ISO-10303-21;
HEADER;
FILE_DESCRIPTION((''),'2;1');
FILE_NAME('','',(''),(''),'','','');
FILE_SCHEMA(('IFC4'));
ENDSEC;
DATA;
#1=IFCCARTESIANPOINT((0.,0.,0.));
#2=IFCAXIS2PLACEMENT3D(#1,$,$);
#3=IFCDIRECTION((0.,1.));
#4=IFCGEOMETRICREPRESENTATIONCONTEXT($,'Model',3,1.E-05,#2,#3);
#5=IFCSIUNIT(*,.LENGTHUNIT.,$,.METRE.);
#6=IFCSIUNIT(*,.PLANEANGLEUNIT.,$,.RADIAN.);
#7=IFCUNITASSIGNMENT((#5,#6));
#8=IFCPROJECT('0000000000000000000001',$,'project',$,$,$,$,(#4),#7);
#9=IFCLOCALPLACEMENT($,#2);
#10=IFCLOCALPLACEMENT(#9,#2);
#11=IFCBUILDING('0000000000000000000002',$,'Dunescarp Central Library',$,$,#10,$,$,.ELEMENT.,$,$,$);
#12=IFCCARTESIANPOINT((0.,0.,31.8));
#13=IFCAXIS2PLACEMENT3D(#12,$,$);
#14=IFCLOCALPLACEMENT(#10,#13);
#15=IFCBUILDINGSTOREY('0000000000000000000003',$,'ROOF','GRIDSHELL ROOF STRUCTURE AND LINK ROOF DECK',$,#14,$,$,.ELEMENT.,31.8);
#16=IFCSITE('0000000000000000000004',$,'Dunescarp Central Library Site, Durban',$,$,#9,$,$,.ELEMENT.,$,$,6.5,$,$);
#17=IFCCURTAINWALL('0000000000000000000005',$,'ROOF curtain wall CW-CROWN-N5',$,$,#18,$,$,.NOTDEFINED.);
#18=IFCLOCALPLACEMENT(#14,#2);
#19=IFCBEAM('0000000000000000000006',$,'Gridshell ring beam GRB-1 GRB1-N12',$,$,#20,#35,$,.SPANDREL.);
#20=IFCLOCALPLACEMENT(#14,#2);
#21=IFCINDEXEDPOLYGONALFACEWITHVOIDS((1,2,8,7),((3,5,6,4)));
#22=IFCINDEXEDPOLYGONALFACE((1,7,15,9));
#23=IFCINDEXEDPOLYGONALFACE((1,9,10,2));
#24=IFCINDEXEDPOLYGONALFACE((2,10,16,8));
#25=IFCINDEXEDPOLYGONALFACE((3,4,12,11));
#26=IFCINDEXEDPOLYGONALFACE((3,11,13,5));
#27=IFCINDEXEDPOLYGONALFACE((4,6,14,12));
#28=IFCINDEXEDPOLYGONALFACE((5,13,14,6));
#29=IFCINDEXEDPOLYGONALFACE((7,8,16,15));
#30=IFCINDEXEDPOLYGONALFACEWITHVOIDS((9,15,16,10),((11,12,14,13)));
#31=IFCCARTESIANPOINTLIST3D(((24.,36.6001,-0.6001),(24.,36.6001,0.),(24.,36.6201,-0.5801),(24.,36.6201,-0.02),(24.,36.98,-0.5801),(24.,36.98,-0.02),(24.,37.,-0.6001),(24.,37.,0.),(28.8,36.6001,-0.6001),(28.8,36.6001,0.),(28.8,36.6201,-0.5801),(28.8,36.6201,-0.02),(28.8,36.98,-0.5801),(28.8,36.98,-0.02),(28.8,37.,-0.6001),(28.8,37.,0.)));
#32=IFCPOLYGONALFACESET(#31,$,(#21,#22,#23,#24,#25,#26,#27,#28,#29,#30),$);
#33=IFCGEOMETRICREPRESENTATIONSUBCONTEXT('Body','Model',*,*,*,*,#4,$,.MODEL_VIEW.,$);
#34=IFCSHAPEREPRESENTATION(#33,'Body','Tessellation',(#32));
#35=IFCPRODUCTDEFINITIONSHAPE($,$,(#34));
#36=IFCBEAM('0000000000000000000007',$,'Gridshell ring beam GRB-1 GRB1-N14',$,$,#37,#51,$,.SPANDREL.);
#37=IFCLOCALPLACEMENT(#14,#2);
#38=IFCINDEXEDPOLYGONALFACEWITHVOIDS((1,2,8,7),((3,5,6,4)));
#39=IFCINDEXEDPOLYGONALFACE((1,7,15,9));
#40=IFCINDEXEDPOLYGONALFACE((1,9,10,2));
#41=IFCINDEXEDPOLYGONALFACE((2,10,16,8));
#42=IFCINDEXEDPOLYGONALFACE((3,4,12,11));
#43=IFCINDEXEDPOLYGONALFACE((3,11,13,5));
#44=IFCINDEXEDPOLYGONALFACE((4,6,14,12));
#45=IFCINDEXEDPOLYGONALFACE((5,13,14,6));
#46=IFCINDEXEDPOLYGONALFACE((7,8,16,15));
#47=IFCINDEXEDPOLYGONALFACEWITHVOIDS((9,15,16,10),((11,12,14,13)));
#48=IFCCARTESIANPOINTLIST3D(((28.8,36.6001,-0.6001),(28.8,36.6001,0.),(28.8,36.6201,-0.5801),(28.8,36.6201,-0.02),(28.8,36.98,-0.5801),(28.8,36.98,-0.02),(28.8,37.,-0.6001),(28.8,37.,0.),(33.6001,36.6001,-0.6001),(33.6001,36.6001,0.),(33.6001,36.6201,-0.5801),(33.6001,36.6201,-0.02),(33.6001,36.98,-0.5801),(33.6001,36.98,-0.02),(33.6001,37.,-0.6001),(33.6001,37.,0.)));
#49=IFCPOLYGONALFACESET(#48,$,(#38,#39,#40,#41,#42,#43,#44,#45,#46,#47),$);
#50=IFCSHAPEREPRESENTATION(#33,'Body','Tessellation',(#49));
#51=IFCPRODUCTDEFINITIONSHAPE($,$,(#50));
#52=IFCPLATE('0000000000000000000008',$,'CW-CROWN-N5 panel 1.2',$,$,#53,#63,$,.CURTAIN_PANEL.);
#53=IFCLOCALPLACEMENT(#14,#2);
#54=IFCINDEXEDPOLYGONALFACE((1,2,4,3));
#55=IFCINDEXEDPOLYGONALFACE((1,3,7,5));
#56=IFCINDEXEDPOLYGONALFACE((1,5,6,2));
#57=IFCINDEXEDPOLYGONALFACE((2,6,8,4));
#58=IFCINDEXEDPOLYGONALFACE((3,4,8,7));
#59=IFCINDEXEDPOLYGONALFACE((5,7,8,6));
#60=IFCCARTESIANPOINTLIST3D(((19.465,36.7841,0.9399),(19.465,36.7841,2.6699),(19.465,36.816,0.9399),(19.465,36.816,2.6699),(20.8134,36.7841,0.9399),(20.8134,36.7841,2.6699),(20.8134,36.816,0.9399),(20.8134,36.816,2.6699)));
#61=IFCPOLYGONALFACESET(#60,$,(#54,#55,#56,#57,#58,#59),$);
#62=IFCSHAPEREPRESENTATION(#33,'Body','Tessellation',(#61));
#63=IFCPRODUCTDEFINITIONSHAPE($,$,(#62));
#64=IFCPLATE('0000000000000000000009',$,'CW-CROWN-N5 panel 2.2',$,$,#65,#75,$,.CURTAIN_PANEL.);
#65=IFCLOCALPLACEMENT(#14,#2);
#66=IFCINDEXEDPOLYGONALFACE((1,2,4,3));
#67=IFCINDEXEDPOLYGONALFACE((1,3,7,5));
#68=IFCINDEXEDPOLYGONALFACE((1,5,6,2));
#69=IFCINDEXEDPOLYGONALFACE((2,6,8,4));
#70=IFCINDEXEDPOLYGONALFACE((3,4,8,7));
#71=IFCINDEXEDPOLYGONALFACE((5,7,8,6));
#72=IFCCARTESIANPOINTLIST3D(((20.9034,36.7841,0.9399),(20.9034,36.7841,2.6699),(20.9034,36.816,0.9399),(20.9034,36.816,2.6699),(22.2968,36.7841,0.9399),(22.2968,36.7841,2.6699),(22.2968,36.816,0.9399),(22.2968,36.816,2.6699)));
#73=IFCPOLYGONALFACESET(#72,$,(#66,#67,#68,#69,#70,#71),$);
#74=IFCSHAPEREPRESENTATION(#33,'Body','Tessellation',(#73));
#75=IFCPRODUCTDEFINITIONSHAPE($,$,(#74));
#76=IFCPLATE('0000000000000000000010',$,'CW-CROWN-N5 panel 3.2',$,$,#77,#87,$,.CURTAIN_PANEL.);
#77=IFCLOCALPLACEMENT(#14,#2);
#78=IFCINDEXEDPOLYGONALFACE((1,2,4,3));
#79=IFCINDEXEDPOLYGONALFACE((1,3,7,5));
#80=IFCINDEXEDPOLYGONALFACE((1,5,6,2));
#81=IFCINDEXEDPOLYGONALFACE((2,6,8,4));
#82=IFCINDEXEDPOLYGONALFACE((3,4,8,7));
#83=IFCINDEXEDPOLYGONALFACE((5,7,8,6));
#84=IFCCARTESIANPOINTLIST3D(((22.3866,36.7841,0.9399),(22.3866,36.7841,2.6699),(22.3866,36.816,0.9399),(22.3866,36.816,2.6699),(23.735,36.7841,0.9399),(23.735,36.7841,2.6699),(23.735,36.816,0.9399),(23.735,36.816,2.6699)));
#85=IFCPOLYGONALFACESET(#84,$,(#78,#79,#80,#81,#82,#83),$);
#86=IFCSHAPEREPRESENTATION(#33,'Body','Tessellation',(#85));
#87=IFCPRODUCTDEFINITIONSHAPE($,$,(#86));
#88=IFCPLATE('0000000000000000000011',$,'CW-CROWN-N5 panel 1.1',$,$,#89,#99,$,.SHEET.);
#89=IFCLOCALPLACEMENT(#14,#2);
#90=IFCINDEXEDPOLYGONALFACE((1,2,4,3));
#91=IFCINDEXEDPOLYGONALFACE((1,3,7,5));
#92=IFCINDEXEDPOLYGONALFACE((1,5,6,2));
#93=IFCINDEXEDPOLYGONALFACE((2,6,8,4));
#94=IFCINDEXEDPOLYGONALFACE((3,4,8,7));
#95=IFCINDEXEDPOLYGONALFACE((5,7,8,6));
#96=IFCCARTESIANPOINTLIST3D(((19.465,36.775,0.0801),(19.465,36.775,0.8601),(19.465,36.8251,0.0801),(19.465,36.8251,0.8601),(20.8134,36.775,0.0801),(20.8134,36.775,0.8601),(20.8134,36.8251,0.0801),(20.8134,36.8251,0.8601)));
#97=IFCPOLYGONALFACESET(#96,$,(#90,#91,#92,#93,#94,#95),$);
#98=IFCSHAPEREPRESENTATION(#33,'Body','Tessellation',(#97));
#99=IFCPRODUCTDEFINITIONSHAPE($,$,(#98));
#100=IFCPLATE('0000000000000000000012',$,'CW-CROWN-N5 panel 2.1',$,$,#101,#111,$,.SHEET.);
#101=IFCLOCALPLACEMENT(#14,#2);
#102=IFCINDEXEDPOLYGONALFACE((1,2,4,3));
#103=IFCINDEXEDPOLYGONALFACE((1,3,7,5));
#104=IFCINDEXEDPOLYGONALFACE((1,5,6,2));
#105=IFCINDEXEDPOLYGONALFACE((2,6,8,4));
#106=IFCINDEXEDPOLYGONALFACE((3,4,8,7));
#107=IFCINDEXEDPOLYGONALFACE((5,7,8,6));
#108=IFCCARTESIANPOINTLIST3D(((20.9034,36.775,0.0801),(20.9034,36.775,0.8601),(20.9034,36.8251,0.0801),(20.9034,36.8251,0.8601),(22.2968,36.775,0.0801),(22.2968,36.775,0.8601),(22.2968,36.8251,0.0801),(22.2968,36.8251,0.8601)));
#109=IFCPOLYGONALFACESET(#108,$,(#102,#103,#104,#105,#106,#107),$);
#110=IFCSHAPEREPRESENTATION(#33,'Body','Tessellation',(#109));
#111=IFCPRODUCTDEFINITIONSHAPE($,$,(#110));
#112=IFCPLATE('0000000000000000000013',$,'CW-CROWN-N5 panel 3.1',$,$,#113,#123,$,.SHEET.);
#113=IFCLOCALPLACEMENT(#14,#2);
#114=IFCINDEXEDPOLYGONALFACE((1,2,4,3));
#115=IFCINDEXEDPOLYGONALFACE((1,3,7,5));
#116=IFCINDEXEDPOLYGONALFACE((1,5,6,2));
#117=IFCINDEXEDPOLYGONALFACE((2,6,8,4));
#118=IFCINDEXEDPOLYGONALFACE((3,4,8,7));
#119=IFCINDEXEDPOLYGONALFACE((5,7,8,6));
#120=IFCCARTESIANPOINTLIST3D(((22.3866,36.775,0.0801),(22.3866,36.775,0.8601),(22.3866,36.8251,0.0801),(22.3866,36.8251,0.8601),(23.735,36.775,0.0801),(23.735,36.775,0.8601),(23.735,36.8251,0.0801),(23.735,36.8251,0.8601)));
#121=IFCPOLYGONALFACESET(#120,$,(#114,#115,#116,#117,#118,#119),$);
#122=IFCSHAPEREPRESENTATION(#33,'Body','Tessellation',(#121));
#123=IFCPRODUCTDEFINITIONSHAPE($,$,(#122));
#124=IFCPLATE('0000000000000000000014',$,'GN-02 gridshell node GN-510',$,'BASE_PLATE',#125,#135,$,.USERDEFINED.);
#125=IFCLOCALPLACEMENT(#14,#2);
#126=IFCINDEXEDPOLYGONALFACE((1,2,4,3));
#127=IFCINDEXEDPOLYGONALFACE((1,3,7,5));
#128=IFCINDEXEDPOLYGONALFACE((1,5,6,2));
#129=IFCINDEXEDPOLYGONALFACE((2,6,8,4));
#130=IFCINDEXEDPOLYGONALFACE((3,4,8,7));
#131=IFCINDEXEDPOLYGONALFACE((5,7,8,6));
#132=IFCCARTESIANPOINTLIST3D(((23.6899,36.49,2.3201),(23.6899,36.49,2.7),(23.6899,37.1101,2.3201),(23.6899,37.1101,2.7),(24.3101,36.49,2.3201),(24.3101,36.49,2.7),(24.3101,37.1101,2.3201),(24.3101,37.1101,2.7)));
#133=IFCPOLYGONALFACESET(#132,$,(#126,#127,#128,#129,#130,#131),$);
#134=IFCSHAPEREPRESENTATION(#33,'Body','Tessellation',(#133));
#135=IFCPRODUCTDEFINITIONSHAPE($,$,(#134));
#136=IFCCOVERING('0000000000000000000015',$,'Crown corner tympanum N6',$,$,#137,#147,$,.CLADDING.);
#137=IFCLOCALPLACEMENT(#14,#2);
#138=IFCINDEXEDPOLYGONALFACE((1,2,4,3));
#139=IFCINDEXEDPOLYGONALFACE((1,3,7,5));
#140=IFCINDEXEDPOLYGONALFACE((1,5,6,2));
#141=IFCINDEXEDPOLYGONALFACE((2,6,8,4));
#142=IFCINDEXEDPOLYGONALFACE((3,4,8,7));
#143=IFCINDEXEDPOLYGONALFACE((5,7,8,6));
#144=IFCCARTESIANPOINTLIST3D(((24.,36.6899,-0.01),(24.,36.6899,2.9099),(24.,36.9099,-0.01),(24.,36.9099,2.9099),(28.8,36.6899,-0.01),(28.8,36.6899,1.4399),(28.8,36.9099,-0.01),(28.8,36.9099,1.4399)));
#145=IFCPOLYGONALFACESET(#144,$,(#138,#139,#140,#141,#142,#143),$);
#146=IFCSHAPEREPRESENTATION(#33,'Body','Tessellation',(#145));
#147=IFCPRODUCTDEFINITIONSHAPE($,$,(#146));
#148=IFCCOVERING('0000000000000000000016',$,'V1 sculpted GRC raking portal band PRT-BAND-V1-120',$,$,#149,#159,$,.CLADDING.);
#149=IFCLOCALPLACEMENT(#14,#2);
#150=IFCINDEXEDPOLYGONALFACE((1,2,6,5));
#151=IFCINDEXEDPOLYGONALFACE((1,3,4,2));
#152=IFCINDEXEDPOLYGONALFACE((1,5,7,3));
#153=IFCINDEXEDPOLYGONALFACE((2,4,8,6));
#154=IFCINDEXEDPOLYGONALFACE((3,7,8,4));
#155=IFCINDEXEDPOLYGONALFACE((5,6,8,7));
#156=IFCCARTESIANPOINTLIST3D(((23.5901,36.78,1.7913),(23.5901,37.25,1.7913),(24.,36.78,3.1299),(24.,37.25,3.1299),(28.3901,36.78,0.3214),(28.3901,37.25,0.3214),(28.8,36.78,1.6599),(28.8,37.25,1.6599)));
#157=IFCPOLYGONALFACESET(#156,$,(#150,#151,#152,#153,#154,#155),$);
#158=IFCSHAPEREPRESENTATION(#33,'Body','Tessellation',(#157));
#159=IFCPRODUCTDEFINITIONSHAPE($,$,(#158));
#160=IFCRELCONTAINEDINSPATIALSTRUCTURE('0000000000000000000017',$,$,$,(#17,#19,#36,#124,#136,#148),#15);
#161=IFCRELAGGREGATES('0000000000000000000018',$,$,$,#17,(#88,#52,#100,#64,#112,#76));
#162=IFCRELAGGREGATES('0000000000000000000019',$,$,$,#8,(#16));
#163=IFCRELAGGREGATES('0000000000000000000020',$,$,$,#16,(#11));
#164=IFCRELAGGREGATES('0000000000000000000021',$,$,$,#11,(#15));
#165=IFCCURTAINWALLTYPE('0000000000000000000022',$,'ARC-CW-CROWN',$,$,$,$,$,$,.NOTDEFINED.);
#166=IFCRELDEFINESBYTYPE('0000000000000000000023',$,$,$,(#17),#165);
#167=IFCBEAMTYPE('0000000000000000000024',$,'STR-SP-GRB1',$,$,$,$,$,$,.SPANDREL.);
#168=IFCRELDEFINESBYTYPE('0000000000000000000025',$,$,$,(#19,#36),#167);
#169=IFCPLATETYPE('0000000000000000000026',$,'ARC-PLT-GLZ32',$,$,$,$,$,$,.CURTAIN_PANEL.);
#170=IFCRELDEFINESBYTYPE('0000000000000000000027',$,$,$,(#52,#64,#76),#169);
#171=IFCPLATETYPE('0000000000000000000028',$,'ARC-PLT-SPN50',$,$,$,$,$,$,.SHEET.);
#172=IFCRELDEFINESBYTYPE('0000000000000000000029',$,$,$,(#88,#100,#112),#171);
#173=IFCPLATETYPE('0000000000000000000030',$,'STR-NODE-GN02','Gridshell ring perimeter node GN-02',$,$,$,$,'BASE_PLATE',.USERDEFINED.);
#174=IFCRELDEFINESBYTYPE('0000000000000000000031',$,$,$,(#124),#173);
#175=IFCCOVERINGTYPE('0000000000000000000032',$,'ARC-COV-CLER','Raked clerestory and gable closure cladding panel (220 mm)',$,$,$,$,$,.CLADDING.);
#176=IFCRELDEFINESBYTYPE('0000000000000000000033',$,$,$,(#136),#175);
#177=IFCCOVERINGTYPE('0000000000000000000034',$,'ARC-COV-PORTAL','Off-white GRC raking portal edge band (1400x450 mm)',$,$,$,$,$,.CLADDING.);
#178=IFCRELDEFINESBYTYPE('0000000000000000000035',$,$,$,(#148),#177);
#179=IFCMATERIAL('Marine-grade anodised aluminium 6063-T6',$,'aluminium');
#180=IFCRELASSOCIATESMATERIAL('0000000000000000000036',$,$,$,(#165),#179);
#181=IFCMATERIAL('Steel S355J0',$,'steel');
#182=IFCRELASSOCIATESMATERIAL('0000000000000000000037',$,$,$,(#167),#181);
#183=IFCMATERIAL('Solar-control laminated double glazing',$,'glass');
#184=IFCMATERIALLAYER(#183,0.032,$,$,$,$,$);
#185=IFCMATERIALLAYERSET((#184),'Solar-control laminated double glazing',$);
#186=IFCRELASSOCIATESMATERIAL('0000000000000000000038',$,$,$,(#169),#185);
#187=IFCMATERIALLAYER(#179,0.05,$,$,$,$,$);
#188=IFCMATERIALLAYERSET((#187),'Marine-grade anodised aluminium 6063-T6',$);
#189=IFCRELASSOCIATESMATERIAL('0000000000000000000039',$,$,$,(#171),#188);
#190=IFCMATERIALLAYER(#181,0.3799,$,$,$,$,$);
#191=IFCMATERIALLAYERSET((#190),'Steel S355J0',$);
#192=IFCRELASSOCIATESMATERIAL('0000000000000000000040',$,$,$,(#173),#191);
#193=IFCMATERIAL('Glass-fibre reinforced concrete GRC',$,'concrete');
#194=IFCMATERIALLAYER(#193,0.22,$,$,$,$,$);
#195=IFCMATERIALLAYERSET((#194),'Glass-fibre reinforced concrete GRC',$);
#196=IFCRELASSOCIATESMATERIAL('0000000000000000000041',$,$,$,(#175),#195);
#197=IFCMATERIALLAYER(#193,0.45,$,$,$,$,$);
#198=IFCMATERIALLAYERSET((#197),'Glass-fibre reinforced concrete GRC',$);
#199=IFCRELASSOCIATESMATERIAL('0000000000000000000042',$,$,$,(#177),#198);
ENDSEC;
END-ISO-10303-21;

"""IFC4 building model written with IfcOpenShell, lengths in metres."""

from ifc_helpers import new_model, si_unit, direction, frame, origin, origin_2d, place, context, subcontext, project, spatial, polyline, rectangle, hollow_rectangle, outline, extrude, material, layer, layer_set, material_profile, profile_set, type_object, element, aggregate, save


model = new_model("IFC4")

# Units and contexts
model_context = context("Model", 3, precision=1e-05, world=origin(), true_north=direction((0.0, 1.0)))
body_context = subcontext(model_context, "Body", "Model", "MODEL_VIEW")
ifc_project = project(units=[si_unit("LENGTHUNIT", "METRE"), si_unit("PLANEANGLEUNIT", "RADIAN")], contexts=[model_context])

# Site, building, storey
site_placement = place(None, origin())
site = spatial("IfcSite", under=ifc_project, at=site_placement, Name="Dunescarp Central Library Site, Durban", CompositionType="ELEMENT", RefElevation=6.5)
building_placement = place(site_placement, origin())
building = spatial("IfcBuilding", under=site, at=building_placement, Name="Dunescarp Central Library", CompositionType="ELEMENT")
storey_placement = place(building_placement, frame((0.0, 0.0, 31.8)))
storey = spatial("IfcBuildingStorey", under=building, at=storey_placement, Name="ROOF", Description="GRIDSHELL ROOF STRUCTURE AND LINK ROOF DECK", CompositionType="ELEMENT", Elevation=31.8)

# Curtain wall
ifc_material_1 = material(Name="Marine-grade anodised aluminium 6063-T6", Category="aluminium")
curtain_wall_type = type_object("IfcCurtainWallType", Name="ARC-CW-CROWN", PredefinedType="NOTDEFINED", material=ifc_material_1)
curtain_wall_placement = place(storey_placement, origin())
curtain_wall = element("IfcCurtainWall", 1, at=curtain_wall_placement, inside=storey, type_object=curtain_wall_type, Name="ROOF curtain wall CW-CROWN-N5", PredefinedType="NOTDEFINED")

# Shared definitions
ifc_material_2 = material(Name="Steel S355J0", Category="steel")

# Beams
ifc_material_profile_1 = material_profile(ifc_material_2, hollow_rectangle(XDim=0.3999, YDim=0.6001, WallThickness=0.02, at=origin_2d()), Name="RHS 600x400x20")
ifc_profile_set_1 = profile_set([ifc_material_profile_1], Name="Steel S355J0")
beam_type = type_object("IfcBeamType", Name="STR-SP-GRB1", PredefinedType="SPANDREL", material=ifc_profile_set_1)
for number, where, z_axis, x_axis, name in (
    (2, (24.0, 36.8, -0.3), (1.0, 0.0, 0.0), (0.0, 1.0, 0.0), "Gridshell ring beam GRB-1 GRB1-N12"),
    (3, (28.8, 36.8, -0.3), (1.0, 0.0, 0.0), (0.0, 1.0, 0.0), "Gridshell ring beam GRB-1 GRB1-N14"),
):
    element("IfcBeam", number, at=place(storey_placement, frame(where, z_axis=z_axis, x_axis=x_axis)), inside=storey, type_object=beam_type, Name=name, PredefinedType="SPANDREL", context=body_context, shape_type="SweptSolid", body=[
        extrude(hollow_rectangle(XDim=0.3999, YDim=0.6001, WallThickness=0.02, at=origin_2d()), origin(), (0.0, 0.0, 1.0), 4.8),
    ])

# Plates
ifc_material_3 = material(Name="Solar-control laminated double glazing", Category="glass")
ifc_layer_1 = layer(ifc_material_3, 0.032)
ifc_layer_set_1 = layer_set([ifc_layer_1], Name="Solar-control laminated double glazing")
plate_type_1 = type_object("IfcPlateType", Name="ARC-PLT-GLZ32", PredefinedType="CURTAIN_PANEL", material=ifc_layer_set_1)
plate_1_placement = place(storey_placement, frame((20.1392, 36.8, 0.9399), z_axis=(0.0, 0.0, 1.0), x_axis=(1.0, 0.0, 0.0)))
plate_1 = element("IfcPlate", 4, at=plate_1_placement, type_object=plate_type_1, Name="CW-CROWN-N5 panel 1.2", PredefinedType="CURTAIN_PANEL", context=body_context, shape_type="SweptSolid", body=[
    extrude(rectangle(XDim=1.3484, YDim=0.032, at=origin_2d()), origin(), (0.0, 0.0, 1.0), 1.73),
])
plate_2_placement = place(storey_placement, frame((21.6001, 36.8, 0.9399), z_axis=(0.0, 0.0, 1.0), x_axis=(1.0, 0.0, 0.0)))
plate_2 = element("IfcPlate", 5, at=plate_2_placement, type_object=plate_type_1, Name="CW-CROWN-N5 panel 2.2", PredefinedType="CURTAIN_PANEL", context=body_context, shape_type="SweptSolid", body=[
    extrude(rectangle(XDim=1.3933, YDim=0.032, at=origin_2d()), origin(), (0.0, 0.0, 1.0), 1.73),
])
plate_3_placement = place(storey_placement, frame((23.0608, 36.8, 0.9399), z_axis=(0.0, 0.0, 1.0), x_axis=(1.0, 0.0, 0.0)))
plate_3 = element("IfcPlate", 6, at=plate_3_placement, type_object=plate_type_1, Name="CW-CROWN-N5 panel 3.2", PredefinedType="CURTAIN_PANEL", context=body_context, shape_type="SweptSolid", body=[
    extrude(rectangle(XDim=1.3484, YDim=0.032, at=origin_2d()), origin(), (0.0, 0.0, 1.0), 1.73),
])
ifc_layer_2 = layer(ifc_material_1, 0.05)
ifc_layer_set_2 = layer_set([ifc_layer_2], Name="Marine-grade anodised aluminium 6063-T6")
plate_type_2 = type_object("IfcPlateType", Name="ARC-PLT-SPN50", PredefinedType="SHEET", material=ifc_layer_set_2)
plate_4_placement = place(storey_placement, frame((20.1392, 36.8, 0.0801), z_axis=(0.0, 0.0, 1.0), x_axis=(1.0, 0.0, 0.0)))
plate_4 = element("IfcPlate", 7, at=plate_4_placement, type_object=plate_type_2, Name="CW-CROWN-N5 panel 1.1", PredefinedType="SHEET", context=body_context, shape_type="SweptSolid", body=[
    extrude(rectangle(XDim=1.3484, YDim=0.05, at=origin_2d()), origin(), (0.0, 0.0, 1.0), 0.78),
])
plate_5_placement = place(storey_placement, frame((21.6001, 36.8, 0.0801), z_axis=(0.0, 0.0, 1.0), x_axis=(1.0, 0.0, 0.0)))
plate_5 = element("IfcPlate", 8, at=plate_5_placement, type_object=plate_type_2, Name="CW-CROWN-N5 panel 2.1", PredefinedType="SHEET", context=body_context, shape_type="SweptSolid", body=[
    extrude(rectangle(XDim=1.3933, YDim=0.05, at=origin_2d()), origin(), (0.0, 0.0, 1.0), 0.78),
])
plate_6_placement = place(storey_placement, frame((23.0608, 36.8, 0.0801), z_axis=(0.0, 0.0, 1.0), x_axis=(1.0, 0.0, 0.0)))
plate_6 = element("IfcPlate", 9, at=plate_6_placement, type_object=plate_type_2, Name="CW-CROWN-N5 panel 3.1", PredefinedType="SHEET", context=body_context, shape_type="SweptSolid", body=[
    extrude(rectangle(XDim=1.3484, YDim=0.05, at=origin_2d()), origin(), (0.0, 0.0, 1.0), 0.78),
])
aggregate(curtain_wall, [plate_4, plate_1, plate_5, plate_2, plate_6, plate_3])
ifc_layer_3 = layer(ifc_material_2, 0.3799)
ifc_layer_set_3 = layer_set([ifc_layer_3], Name="Steel S355J0")
plate_type_3 = type_object("IfcPlateType", Name="STR-NODE-GN02", Description="Gridshell ring perimeter node GN-02", ElementType="BASE_PLATE", PredefinedType="USERDEFINED", material=ifc_layer_set_3)
plate_7_placement = place(storey_placement, frame((24.0, 36.8, 2.3201), z_axis=(0.0, 0.0, 1.0), x_axis=(1.0, 0.0, 0.0)))
element("IfcPlate", 10, at=plate_7_placement, inside=storey, type_object=plate_type_3, Name="GN-02 gridshell node GN-510", ObjectType="BASE_PLATE", PredefinedType="USERDEFINED", context=body_context, shape_type="SweptSolid", body=[
    extrude(rectangle(XDim=0.6201, YDim=0.6201, at=origin_2d()), origin(), (0.0, 0.0, 1.0), 0.3799),
])

# Coverings
ifc_material_4 = material(Name="Glass-fibre reinforced concrete GRC", Category="concrete")
ifc_layer_4 = layer(ifc_material_4, 0.22)
ifc_layer_set_4 = layer_set([ifc_layer_4], Name="Glass-fibre reinforced concrete GRC")
covering_type_1 = type_object("IfcCoveringType", Name="ARC-COV-CLER", Description="Raked clerestory and gable closure cladding panel (220 mm)", PredefinedType="CLADDING", material=ifc_layer_set_4)
covering_1_placement = place(storey_placement, frame((24.0, 36.8, -0.01), z_axis=(0.0, 0.0, 1.0), x_axis=(1.0, 0.0, 0.0)))
element("IfcCovering", 11, at=covering_1_placement, inside=storey, type_object=covering_type_1, Name="Crown corner tympanum N6", PredefinedType="CLADDING", context=body_context, shape_type="SweptSolid", body=[
    extrude(outline(polyline([(0.0, 0.0), (4.8, 0.0), (4.8, 1.45), (0.0, 2.9199), (0.0, 0.0)])), frame((0.0, 0.1099, 0.0), z_axis=(0.0, -1.0, 0.0), x_axis=(1.0, 0.0, 0.0)), (0.0, 0.0, 1.0), 0.22),
])
ifc_layer_5 = layer(ifc_material_4, 0.45)
ifc_layer_set_5 = layer_set([ifc_layer_5], Name="Glass-fibre reinforced concrete GRC")
covering_type_2 = type_object("IfcCoveringType", Name="ARC-COV-PORTAL", Description="Off-white GRC raking portal edge band (1400x450 mm)", PredefinedType="CLADDING", material=ifc_layer_set_5)
covering_2_placement = place(storey_placement, frame((24.0, 36.78, 3.1299), z_axis=(0.292818, 0.0, 0.956168), x_axis=(0.956168, 0.0, -0.292818)))
element("IfcCovering", 12, at=covering_2_placement, inside=storey, type_object=covering_type_2, Name="V1 sculpted GRC raking portal band PRT-BAND-V1-120", PredefinedType="CLADDING", context=body_context, shape_type="SweptSolid", body=[
    extrude(outline(polyline([(0.0, 0.0), (5.0201, 0.0), (5.0201, 0.47), (0.0, 0.47), (0.0, 0.0)])), origin(), (0.0, 0.0, -1.0), 1.3999),
])

save(model, "model.ifc")
